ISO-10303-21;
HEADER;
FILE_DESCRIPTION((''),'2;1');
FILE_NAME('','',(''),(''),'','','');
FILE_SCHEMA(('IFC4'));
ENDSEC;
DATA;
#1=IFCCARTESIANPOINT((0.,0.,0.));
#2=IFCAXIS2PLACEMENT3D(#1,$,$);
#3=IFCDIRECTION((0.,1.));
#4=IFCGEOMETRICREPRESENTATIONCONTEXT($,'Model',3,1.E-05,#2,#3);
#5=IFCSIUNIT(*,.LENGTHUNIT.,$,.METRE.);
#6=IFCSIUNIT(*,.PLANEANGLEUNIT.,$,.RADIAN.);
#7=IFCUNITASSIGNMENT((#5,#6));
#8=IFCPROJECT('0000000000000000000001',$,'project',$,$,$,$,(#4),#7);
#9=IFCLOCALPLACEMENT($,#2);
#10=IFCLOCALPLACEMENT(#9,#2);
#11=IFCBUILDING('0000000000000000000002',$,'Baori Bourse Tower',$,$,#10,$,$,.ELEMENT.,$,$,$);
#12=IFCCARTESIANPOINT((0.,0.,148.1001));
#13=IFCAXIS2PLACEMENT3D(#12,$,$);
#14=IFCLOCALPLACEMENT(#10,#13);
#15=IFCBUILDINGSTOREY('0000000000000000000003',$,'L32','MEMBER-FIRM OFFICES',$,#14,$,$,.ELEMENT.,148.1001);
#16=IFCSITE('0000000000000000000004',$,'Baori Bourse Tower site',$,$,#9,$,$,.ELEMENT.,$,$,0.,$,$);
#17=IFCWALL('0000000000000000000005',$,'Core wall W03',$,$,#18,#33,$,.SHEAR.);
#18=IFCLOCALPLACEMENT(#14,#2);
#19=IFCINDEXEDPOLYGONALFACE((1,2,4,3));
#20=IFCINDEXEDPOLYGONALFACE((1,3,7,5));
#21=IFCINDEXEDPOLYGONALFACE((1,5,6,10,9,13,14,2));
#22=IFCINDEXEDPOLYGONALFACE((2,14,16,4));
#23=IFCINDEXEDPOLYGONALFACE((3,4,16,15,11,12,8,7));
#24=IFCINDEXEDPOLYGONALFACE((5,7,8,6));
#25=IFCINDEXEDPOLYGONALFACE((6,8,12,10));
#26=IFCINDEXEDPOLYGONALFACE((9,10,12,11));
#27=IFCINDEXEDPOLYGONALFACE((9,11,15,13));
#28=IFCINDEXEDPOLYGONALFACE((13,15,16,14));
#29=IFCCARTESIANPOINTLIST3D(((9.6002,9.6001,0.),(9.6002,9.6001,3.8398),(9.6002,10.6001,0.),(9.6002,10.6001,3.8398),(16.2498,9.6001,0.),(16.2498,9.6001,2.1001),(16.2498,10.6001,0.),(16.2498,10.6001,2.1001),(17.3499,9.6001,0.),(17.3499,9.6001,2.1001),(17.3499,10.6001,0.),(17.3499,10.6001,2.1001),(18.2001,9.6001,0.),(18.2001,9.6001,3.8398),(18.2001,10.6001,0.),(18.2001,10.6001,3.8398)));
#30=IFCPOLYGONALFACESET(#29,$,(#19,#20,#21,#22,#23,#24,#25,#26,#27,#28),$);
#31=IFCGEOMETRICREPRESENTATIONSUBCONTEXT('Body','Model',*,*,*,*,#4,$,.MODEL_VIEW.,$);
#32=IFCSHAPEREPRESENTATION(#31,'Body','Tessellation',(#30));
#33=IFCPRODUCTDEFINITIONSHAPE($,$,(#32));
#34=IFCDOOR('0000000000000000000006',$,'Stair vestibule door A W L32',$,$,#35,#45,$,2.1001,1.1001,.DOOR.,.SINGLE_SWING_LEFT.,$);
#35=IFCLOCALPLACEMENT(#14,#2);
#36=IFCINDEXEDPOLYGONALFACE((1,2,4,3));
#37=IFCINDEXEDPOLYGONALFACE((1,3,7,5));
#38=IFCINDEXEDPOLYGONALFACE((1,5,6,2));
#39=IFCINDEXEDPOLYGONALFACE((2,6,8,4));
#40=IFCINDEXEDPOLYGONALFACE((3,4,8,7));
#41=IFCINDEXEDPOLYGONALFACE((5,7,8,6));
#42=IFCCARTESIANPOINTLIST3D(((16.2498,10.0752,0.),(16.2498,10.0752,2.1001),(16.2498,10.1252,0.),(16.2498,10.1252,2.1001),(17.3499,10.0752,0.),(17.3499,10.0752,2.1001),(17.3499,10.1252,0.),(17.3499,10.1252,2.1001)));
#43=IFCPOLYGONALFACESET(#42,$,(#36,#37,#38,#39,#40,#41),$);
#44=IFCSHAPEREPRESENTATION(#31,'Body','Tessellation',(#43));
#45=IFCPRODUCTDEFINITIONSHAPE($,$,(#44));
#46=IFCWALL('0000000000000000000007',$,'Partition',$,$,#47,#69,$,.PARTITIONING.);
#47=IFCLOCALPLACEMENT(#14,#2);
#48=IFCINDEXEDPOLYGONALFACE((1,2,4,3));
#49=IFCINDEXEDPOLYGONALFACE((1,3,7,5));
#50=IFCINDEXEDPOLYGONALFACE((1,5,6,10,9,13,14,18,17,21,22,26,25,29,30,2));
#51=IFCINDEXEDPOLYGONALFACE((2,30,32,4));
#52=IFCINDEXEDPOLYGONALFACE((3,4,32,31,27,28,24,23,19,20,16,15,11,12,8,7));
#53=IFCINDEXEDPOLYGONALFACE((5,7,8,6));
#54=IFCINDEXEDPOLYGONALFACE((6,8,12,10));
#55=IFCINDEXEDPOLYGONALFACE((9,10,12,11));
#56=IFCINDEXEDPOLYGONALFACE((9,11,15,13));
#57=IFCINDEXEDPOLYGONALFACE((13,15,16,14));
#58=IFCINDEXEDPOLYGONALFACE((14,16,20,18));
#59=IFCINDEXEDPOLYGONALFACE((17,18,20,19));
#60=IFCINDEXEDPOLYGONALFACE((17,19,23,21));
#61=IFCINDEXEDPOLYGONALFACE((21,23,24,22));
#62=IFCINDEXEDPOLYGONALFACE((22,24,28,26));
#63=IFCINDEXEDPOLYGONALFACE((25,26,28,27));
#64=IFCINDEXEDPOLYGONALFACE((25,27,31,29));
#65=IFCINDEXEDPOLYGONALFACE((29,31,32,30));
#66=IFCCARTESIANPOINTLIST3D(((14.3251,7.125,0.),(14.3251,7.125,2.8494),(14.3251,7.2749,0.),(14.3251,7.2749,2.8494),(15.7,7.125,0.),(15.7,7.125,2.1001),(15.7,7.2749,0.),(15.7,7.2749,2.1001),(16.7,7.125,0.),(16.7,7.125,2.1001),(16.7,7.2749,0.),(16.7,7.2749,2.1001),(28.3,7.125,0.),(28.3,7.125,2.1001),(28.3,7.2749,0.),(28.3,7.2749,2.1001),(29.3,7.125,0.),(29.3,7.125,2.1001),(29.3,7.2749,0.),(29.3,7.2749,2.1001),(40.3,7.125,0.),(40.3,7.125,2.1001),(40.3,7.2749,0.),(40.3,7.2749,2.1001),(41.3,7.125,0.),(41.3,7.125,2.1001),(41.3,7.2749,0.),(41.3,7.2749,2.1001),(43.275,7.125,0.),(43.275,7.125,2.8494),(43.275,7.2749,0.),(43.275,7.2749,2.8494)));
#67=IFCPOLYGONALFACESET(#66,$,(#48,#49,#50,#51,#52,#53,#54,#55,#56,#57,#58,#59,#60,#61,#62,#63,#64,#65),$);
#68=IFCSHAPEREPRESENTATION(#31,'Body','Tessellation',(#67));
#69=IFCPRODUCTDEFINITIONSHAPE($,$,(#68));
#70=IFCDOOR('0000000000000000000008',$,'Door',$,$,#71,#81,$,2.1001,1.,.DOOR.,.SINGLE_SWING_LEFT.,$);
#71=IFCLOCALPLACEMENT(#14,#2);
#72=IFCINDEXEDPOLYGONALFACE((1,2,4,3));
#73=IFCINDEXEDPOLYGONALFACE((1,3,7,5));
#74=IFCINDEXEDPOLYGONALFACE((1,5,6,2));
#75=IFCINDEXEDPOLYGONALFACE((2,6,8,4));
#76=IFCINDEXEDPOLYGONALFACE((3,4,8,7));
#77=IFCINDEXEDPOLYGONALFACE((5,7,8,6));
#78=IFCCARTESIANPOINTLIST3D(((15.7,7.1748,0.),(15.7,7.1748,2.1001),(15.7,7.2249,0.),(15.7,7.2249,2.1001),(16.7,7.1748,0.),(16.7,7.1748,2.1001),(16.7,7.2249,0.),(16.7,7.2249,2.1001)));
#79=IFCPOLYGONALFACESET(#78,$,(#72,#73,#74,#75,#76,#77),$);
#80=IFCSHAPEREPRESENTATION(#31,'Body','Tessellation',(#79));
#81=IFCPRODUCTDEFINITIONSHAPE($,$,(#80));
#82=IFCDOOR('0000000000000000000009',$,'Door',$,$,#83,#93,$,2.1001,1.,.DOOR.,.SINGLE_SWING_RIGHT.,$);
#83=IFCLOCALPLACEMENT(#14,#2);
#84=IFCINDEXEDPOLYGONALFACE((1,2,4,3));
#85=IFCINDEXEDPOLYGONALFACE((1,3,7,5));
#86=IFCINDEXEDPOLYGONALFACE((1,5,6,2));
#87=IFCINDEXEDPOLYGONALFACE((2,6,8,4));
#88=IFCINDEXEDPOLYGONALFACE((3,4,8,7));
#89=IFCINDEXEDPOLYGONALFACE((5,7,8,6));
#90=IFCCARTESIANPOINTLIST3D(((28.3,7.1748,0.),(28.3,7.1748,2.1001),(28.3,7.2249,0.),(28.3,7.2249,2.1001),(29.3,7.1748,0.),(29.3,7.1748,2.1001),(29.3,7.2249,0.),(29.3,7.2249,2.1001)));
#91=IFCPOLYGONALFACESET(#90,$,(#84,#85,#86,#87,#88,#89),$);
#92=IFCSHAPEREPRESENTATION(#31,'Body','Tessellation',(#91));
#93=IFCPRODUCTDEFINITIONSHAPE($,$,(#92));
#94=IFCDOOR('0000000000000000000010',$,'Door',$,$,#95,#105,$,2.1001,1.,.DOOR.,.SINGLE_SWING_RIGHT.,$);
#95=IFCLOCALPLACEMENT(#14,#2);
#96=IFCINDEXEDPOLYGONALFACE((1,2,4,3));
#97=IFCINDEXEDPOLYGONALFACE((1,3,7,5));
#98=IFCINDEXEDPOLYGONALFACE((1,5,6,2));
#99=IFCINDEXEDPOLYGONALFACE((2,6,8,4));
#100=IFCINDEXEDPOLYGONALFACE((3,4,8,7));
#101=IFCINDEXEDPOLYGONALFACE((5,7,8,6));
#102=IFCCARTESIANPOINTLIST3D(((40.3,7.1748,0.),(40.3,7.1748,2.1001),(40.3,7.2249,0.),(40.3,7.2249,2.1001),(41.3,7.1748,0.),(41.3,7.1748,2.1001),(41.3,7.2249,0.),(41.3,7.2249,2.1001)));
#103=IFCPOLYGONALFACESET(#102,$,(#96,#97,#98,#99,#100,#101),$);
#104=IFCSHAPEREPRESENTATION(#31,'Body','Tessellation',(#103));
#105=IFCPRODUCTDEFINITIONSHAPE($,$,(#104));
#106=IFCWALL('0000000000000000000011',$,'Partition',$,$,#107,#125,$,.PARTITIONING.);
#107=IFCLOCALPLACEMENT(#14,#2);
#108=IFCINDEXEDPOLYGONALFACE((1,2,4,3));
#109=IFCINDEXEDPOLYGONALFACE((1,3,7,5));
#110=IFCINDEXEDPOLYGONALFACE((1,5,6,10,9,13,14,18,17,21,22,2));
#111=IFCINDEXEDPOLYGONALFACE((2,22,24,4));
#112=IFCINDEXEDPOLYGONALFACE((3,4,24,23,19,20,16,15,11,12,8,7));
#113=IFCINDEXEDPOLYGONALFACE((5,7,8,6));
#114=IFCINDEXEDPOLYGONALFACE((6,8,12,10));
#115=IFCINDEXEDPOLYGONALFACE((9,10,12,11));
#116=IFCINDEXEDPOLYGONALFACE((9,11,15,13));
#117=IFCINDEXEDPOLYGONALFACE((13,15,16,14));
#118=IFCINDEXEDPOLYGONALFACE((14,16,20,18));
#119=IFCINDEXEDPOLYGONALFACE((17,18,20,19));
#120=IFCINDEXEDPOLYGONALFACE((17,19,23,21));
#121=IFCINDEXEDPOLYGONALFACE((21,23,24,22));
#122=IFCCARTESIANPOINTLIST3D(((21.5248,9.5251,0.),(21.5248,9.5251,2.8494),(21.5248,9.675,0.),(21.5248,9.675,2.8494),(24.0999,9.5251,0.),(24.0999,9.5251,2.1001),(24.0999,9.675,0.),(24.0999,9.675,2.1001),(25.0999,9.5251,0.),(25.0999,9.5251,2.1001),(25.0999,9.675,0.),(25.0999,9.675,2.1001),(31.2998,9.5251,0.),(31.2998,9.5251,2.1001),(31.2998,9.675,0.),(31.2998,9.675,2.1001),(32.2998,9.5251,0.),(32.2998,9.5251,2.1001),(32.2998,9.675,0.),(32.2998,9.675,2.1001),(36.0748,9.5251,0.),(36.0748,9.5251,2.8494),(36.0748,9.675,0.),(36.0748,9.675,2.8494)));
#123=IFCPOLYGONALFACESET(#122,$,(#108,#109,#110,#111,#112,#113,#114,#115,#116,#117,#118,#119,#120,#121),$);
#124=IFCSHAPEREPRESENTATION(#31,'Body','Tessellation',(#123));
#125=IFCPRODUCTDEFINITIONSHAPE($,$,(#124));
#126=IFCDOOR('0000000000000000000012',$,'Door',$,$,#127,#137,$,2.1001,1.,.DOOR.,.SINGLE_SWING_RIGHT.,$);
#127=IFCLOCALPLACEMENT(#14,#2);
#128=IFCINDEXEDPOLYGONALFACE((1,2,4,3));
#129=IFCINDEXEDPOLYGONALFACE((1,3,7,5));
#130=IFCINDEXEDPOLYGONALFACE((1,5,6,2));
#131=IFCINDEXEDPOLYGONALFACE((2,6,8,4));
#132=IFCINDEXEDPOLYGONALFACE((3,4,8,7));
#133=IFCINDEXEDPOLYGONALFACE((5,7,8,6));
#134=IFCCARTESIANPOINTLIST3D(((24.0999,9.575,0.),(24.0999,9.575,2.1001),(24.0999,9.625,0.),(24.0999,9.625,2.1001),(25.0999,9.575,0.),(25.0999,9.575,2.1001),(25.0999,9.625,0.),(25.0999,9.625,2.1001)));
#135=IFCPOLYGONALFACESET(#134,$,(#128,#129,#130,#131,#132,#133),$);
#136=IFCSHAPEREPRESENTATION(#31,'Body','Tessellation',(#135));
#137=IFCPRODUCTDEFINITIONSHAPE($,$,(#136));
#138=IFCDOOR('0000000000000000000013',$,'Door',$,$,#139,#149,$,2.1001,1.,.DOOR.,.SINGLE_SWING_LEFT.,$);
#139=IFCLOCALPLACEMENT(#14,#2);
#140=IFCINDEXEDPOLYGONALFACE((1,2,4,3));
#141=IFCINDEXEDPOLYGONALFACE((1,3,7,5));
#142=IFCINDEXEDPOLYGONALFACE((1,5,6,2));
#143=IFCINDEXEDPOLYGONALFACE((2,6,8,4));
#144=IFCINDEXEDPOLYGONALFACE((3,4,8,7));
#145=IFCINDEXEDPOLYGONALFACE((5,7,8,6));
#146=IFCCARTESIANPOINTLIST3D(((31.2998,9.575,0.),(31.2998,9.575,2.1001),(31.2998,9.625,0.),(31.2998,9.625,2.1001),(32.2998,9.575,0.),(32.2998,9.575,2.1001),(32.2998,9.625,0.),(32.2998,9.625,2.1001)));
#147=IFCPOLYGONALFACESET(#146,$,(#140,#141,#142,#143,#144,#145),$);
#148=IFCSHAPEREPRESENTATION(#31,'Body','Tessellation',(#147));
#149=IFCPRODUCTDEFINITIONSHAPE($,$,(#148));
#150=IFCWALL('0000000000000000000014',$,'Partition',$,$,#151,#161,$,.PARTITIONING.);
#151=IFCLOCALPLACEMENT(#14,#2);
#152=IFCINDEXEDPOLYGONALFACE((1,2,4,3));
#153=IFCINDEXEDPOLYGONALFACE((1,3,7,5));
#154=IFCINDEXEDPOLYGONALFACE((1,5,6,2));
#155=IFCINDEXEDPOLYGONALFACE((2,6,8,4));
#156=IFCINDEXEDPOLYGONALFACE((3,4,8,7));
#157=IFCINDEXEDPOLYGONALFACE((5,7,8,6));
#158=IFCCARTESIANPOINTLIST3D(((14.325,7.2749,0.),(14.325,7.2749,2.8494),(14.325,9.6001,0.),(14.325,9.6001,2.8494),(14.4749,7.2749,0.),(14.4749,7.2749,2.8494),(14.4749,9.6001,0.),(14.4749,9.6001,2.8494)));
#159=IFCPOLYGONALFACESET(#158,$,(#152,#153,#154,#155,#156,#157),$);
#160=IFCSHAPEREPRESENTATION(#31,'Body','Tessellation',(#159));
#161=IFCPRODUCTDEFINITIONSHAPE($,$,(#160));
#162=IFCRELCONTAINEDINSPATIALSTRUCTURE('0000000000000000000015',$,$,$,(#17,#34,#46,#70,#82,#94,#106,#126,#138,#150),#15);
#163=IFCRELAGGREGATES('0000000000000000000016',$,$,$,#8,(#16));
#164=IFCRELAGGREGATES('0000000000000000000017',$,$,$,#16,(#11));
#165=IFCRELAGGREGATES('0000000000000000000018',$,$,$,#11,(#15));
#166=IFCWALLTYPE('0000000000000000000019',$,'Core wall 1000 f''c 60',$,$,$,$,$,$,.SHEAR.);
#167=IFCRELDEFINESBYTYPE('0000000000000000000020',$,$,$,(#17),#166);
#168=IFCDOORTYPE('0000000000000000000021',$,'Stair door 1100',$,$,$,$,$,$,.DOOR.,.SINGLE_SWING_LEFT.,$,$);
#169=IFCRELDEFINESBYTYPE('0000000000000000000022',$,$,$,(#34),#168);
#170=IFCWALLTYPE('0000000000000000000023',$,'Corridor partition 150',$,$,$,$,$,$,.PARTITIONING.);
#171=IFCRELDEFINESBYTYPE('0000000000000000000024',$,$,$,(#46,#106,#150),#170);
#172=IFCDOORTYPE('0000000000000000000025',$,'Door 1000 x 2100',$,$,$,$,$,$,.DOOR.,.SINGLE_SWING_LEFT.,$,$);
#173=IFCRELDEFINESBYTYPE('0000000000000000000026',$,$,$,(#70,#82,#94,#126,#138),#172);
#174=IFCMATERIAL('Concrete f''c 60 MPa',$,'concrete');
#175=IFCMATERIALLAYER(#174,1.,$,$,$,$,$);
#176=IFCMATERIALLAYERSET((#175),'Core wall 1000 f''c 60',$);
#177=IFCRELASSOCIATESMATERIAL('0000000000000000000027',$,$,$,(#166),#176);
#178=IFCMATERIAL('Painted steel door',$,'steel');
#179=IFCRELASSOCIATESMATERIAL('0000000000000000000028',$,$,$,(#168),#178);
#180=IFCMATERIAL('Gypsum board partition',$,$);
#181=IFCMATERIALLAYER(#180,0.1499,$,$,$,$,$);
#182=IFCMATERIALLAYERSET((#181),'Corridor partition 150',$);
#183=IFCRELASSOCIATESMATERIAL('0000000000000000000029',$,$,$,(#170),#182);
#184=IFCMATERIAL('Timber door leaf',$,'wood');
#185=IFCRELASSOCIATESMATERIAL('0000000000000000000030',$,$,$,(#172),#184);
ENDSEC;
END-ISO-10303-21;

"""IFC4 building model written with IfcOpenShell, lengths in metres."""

from ifc_helpers import new_model, si_unit, direction, frame, frame_2d, origin, place, context, subcontext, project, spatial, rectangle, extrude, material, layer, layer_set, type_object, element, fill, save


model = new_model("IFC4")

# Units and contexts
model_context = context("Model", 3, precision=1e-05, world=origin(), true_north=direction((0.0, 1.0)))
body_context = subcontext(model_context, "Body", "Model", "MODEL_VIEW")
ifc_project = project(units=[si_unit("LENGTHUNIT", "METRE"), si_unit("PLANEANGLEUNIT", "RADIAN")], contexts=[model_context])

# Site, building, storey
site_placement = place(None, origin())
site = spatial("IfcSite", under=ifc_project, at=site_placement, Name="Baori Bourse Tower site", CompositionType="ELEMENT", RefElevation=0.0)
building_placement = place(site_placement, origin())
building = spatial("IfcBuilding", under=site, at=building_placement, Name="Baori Bourse Tower", CompositionType="ELEMENT")
storey_placement = place(building_placement, frame((0.0, 0.0, 148.1001)))
storey = spatial("IfcBuildingStorey", under=building, at=storey_placement, Name="L32", Description="MEMBER-FIRM OFFICES", CompositionType="ELEMENT", Elevation=148.1001)

# Shared definitions
ifc_material_1 = material(Name="Concrete f'c 60 MPa", Category="concrete")
ifc_layer_1 = layer(ifc_material_1, 1.0)
ifc_layer_set_1 = layer_set([ifc_layer_1], Name="Core wall 1000 f'c 60")
wall_type_1 = type_object("IfcWallType", Name="Core wall 1000 f'c 60", PredefinedType="SHEAR", material=ifc_layer_set_1)

# Wall, opening, door
wall_1_placement = place(storey_placement, frame((18.2, 10.1001, 0.0), z_axis=(0.0, 0.0, 1.0), x_axis=(-1.0, 0.0, 0.0)))
wall_1 = element("IfcWall", 1, at=wall_1_placement, inside=storey, type_object=wall_type_1, Name="Core wall W03", PredefinedType="SHEAR", context=body_context, shape_type="SweptSolid", body=[
    extrude(rectangle(XDim=8.5999, YDim=1.0, at=frame_2d((4.2998, 0.0))), origin(), (0.0, 0.0, 1.0), 3.8398),
])
opening_1_placement = place(wall_1_placement, frame((0.8501, 0.0, 0.0)))
opening_1 = element("IfcOpeningElement", 2, at=opening_1_placement, cuts=wall_1, PredefinedType="OPENING", context=body_context, shape_type="SweptSolid", body=[
    extrude(rectangle(XDim=1.1001, YDim=2.1001, at=frame_2d((0.55, 1.05))), frame((0.0, 0.51, 0.0), z_axis=(0.0, -1.0, 0.0), x_axis=(1.0, 0.0, 0.0)), (0.0, 0.0, 1.0), 1.02),
])
ifc_material_2 = material(Name="Painted steel door", Category="steel")
door_type_1 = type_object("IfcDoorType", Name="Stair door 1100", OperationType="SINGLE_SWING_LEFT", PredefinedType="DOOR", material=ifc_material_2)
door_1_placement = place(opening_1_placement, origin())
door_1 = element("IfcDoor", 3, at=door_1_placement, inside=storey, type_object=door_type_1, Name="Stair vestibule door A W L32", OperationType="SINGLE_SWING_LEFT", OverallHeight=2.1001, OverallWidth=1.1001, PredefinedType="DOOR", context=body_context, shape_type="SweptSolid", body=[
    extrude(rectangle(XDim=1.1001, YDim=2.1001, at=frame_2d((0.55, 1.05))), frame((0.0, 0.0249, 0.0), z_axis=(0.0, -1.0, 0.0), x_axis=(1.0, 0.0, 0.0)), (0.0, 0.0, 1.0), 0.05),
])
fill(opening_1, door_1)

# Walls, openings, doors
ifc_material_3 = material(Name="Gypsum board partition")
ifc_layer_2 = layer(ifc_material_3, 0.1499)
ifc_layer_set_2 = layer_set([ifc_layer_2], Name="Corridor partition 150")
wall_type_2 = type_object("IfcWallType", Name="Corridor partition 150", PredefinedType="PARTITIONING", material=ifc_layer_set_2)
wall_2_placement = place(storey_placement, frame((14.325, 7.2, 0.0), z_axis=(0.0, 0.0, 1.0), x_axis=(1.0, 0.0, 0.0)))
wall_2 = element("IfcWall", 4, at=wall_2_placement, inside=storey, type_object=wall_type_2, Name="Partition", PredefinedType="PARTITIONING", context=body_context, shape_type="SweptSolid", body=[
    extrude(rectangle(XDim=28.95, YDim=0.1499, at=frame_2d((14.4751, 0.0))), origin(), (0.0, 0.0, 1.0), 2.8494),
])
opening_2_placement = place(wall_2_placement, frame((1.375, 0.0, 0.0)))
opening_2 = element("IfcOpeningElement", 5, at=opening_2_placement, cuts=wall_2, PredefinedType="OPENING", context=body_context, shape_type="SweptSolid", body=[
    extrude(rectangle(XDim=1.0, YDim=2.1001, at=frame_2d((0.5, 1.05))), frame((0.0, 0.085, 0.0), z_axis=(0.0, -1.0, 0.0), x_axis=(1.0, 0.0, 0.0)), (0.0, 0.0, 1.0), 0.1699),
])
opening_3_placement = place(wall_2_placement, frame((13.9751, 0.0, 0.0)))
opening_3 = element("IfcOpeningElement", 6, at=opening_3_placement, cuts=wall_2, PredefinedType="OPENING", context=body_context, shape_type="SweptSolid", body=[
    extrude(rectangle(XDim=1.0, YDim=2.1001, at=frame_2d((0.5, 1.05))), frame((0.0, 0.085, 0.0), z_axis=(0.0, -1.0, 0.0), x_axis=(1.0, 0.0, 0.0)), (0.0, 0.0, 1.0), 0.1699),
])
opening_4_placement = place(wall_2_placement, frame((25.9751, 0.0, 0.0)))
opening_4 = element("IfcOpeningElement", 7, at=opening_4_placement, cuts=wall_2, PredefinedType="OPENING", context=body_context, shape_type="SweptSolid", body=[
    extrude(rectangle(XDim=1.0, YDim=2.1001, at=frame_2d((0.5, 1.05))), frame((0.0, 0.085, 0.0), z_axis=(0.0, -1.0, 0.0), x_axis=(1.0, 0.0, 0.0)), (0.0, 0.0, 1.0), 0.1699),
])
ifc_material_4 = material(Name="Timber door leaf", Category="wood")
door_type_2 = type_object("IfcDoorType", Name="Door 1000 x 2100", OperationType="SINGLE_SWING_LEFT", PredefinedType="DOOR", material=ifc_material_4)
door_2_placement = place(opening_2_placement, origin())
door_2 = element("IfcDoor", 8, at=door_2_placement, inside=storey, type_object=door_type_2, Name="Door", OperationType="SINGLE_SWING_LEFT", OverallHeight=2.1001, OverallWidth=1.0, PredefinedType="DOOR", context=body_context, shape_type="SweptSolid", body=[
    extrude(rectangle(XDim=1.0, YDim=2.1001, at=frame_2d((0.5, 1.05))), frame((0.0, 0.0249, 0.0), z_axis=(0.0, -1.0, 0.0), x_axis=(1.0, 0.0, 0.0)), (0.0, 0.0, 1.0), 0.05),
])
fill(opening_2, door_2)
door_3_placement = place(opening_3_placement, origin())
door_3 = element("IfcDoor", 9, at=door_3_placement, inside=storey, type_object=door_type_2, Name="Door", OperationType="SINGLE_SWING_RIGHT", OverallHeight=2.1001, OverallWidth=1.0, PredefinedType="DOOR", context=body_context, shape_type="SweptSolid", body=[
    extrude(rectangle(XDim=1.0, YDim=2.1001, at=frame_2d((0.5, 1.05))), frame((0.0, 0.0249, 0.0), z_axis=(0.0, -1.0, 0.0), x_axis=(1.0, 0.0, 0.0)), (0.0, 0.0, 1.0), 0.05),
])
fill(opening_3, door_3)
door_4_placement = place(opening_4_placement, origin())
door_4 = element("IfcDoor", 10, at=door_4_placement, inside=storey, type_object=door_type_2, Name="Door", OperationType="SINGLE_SWING_RIGHT", OverallHeight=2.1001, OverallWidth=1.0, PredefinedType="DOOR", context=body_context, shape_type="SweptSolid", body=[
    extrude(rectangle(XDim=1.0, YDim=2.1001, at=frame_2d((0.5, 1.05))), frame((0.0, 0.0249, 0.0), z_axis=(0.0, -1.0, 0.0), x_axis=(1.0, 0.0, 0.0)), (0.0, 0.0, 1.0), 0.05),
])
fill(opening_4, door_4)
wall_3_placement = place(storey_placement, frame((21.5249, 9.6001, 0.0), z_axis=(0.0, 0.0, 1.0), x_axis=(1.0, 0.0, 0.0)))
wall_3 = element("IfcWall", 11, at=wall_3_placement, inside=storey, type_object=wall_type_2, Name="Partition", PredefinedType="PARTITIONING", context=body_context, shape_type="SweptSolid", body=[
    extrude(rectangle(XDim=14.55, YDim=0.1499, at=frame_2d((7.2749, 0.0))), origin(), (0.0, 0.0, 1.0), 2.8494),
])
opening_5_placement = place(wall_3_placement, frame((2.575, 0.0, 0.0)))
opening_5 = element("IfcOpeningElement", 12, at=opening_5_placement, cuts=wall_3, PredefinedType="OPENING", context=body_context, shape_type="SweptSolid", body=[
    extrude(rectangle(XDim=1.0, YDim=2.1001, at=frame_2d((0.5, 1.05))), frame((0.0, 0.085, 0.0), z_axis=(0.0, -1.0, 0.0), x_axis=(1.0, 0.0, 0.0)), (0.0, 0.0, 1.0), 0.1699),
])
opening_6_placement = place(wall_3_placement, frame((9.7749, 0.0, 0.0)))
opening_6 = element("IfcOpeningElement", 13, at=opening_6_placement, cuts=wall_3, PredefinedType="OPENING", context=body_context, shape_type="SweptSolid", body=[
    extrude(rectangle(XDim=1.0, YDim=2.1001, at=frame_2d((0.5, 1.05))), frame((0.0, 0.085, 0.0), z_axis=(0.0, -1.0, 0.0), x_axis=(1.0, 0.0, 0.0)), (0.0, 0.0, 1.0), 0.1699),
])
door_5_placement = place(opening_5_placement, origin())
door_5 = element("IfcDoor", 14, at=door_5_placement, inside=storey, type_object=door_type_2, Name="Door", OperationType="SINGLE_SWING_RIGHT", OverallHeight=2.1001, OverallWidth=1.0, PredefinedType="DOOR", context=body_context, shape_type="SweptSolid", body=[
    extrude(rectangle(XDim=1.0, YDim=2.1001, at=frame_2d((0.5, 1.05))), frame((0.0, 0.0249, 0.0), z_axis=(0.0, -1.0, 0.0), x_axis=(1.0, 0.0, 0.0)), (0.0, 0.0, 1.0), 0.05),
])
fill(opening_5, door_5)
door_6_placement = place(opening_6_placement, origin())
door_6 = element("IfcDoor", 15, at=door_6_placement, inside=storey, type_object=door_type_2, Name="Door", OperationType="SINGLE_SWING_LEFT", OverallHeight=2.1001, OverallWidth=1.0, PredefinedType="DOOR", context=body_context, shape_type="SweptSolid", body=[
    extrude(rectangle(XDim=1.0, YDim=2.1001, at=frame_2d((0.5, 1.05))), frame((0.0, 0.0249, 0.0), z_axis=(0.0, -1.0, 0.0), x_axis=(1.0, 0.0, 0.0)), (0.0, 0.0, 1.0), 0.05),
])
fill(opening_6, door_6)

# Wall
wall_4_placement = place(storey_placement, frame((14.3999, 7.2749, 0.0), z_axis=(0.0, 0.0, 1.0), x_axis=(0.0, 1.0, 0.0)))
element("IfcWall", 16, at=wall_4_placement, inside=storey, type_object=wall_type_2, Name="Partition", PredefinedType="PARTITIONING", context=body_context, shape_type="SweptSolid", body=[
    extrude(rectangle(XDim=2.3252, YDim=0.1499, at=frame_2d((1.1626, 0.0))), origin(), (0.0, 0.0, 1.0), 2.8494),
])

save(model, "model.ifc")
